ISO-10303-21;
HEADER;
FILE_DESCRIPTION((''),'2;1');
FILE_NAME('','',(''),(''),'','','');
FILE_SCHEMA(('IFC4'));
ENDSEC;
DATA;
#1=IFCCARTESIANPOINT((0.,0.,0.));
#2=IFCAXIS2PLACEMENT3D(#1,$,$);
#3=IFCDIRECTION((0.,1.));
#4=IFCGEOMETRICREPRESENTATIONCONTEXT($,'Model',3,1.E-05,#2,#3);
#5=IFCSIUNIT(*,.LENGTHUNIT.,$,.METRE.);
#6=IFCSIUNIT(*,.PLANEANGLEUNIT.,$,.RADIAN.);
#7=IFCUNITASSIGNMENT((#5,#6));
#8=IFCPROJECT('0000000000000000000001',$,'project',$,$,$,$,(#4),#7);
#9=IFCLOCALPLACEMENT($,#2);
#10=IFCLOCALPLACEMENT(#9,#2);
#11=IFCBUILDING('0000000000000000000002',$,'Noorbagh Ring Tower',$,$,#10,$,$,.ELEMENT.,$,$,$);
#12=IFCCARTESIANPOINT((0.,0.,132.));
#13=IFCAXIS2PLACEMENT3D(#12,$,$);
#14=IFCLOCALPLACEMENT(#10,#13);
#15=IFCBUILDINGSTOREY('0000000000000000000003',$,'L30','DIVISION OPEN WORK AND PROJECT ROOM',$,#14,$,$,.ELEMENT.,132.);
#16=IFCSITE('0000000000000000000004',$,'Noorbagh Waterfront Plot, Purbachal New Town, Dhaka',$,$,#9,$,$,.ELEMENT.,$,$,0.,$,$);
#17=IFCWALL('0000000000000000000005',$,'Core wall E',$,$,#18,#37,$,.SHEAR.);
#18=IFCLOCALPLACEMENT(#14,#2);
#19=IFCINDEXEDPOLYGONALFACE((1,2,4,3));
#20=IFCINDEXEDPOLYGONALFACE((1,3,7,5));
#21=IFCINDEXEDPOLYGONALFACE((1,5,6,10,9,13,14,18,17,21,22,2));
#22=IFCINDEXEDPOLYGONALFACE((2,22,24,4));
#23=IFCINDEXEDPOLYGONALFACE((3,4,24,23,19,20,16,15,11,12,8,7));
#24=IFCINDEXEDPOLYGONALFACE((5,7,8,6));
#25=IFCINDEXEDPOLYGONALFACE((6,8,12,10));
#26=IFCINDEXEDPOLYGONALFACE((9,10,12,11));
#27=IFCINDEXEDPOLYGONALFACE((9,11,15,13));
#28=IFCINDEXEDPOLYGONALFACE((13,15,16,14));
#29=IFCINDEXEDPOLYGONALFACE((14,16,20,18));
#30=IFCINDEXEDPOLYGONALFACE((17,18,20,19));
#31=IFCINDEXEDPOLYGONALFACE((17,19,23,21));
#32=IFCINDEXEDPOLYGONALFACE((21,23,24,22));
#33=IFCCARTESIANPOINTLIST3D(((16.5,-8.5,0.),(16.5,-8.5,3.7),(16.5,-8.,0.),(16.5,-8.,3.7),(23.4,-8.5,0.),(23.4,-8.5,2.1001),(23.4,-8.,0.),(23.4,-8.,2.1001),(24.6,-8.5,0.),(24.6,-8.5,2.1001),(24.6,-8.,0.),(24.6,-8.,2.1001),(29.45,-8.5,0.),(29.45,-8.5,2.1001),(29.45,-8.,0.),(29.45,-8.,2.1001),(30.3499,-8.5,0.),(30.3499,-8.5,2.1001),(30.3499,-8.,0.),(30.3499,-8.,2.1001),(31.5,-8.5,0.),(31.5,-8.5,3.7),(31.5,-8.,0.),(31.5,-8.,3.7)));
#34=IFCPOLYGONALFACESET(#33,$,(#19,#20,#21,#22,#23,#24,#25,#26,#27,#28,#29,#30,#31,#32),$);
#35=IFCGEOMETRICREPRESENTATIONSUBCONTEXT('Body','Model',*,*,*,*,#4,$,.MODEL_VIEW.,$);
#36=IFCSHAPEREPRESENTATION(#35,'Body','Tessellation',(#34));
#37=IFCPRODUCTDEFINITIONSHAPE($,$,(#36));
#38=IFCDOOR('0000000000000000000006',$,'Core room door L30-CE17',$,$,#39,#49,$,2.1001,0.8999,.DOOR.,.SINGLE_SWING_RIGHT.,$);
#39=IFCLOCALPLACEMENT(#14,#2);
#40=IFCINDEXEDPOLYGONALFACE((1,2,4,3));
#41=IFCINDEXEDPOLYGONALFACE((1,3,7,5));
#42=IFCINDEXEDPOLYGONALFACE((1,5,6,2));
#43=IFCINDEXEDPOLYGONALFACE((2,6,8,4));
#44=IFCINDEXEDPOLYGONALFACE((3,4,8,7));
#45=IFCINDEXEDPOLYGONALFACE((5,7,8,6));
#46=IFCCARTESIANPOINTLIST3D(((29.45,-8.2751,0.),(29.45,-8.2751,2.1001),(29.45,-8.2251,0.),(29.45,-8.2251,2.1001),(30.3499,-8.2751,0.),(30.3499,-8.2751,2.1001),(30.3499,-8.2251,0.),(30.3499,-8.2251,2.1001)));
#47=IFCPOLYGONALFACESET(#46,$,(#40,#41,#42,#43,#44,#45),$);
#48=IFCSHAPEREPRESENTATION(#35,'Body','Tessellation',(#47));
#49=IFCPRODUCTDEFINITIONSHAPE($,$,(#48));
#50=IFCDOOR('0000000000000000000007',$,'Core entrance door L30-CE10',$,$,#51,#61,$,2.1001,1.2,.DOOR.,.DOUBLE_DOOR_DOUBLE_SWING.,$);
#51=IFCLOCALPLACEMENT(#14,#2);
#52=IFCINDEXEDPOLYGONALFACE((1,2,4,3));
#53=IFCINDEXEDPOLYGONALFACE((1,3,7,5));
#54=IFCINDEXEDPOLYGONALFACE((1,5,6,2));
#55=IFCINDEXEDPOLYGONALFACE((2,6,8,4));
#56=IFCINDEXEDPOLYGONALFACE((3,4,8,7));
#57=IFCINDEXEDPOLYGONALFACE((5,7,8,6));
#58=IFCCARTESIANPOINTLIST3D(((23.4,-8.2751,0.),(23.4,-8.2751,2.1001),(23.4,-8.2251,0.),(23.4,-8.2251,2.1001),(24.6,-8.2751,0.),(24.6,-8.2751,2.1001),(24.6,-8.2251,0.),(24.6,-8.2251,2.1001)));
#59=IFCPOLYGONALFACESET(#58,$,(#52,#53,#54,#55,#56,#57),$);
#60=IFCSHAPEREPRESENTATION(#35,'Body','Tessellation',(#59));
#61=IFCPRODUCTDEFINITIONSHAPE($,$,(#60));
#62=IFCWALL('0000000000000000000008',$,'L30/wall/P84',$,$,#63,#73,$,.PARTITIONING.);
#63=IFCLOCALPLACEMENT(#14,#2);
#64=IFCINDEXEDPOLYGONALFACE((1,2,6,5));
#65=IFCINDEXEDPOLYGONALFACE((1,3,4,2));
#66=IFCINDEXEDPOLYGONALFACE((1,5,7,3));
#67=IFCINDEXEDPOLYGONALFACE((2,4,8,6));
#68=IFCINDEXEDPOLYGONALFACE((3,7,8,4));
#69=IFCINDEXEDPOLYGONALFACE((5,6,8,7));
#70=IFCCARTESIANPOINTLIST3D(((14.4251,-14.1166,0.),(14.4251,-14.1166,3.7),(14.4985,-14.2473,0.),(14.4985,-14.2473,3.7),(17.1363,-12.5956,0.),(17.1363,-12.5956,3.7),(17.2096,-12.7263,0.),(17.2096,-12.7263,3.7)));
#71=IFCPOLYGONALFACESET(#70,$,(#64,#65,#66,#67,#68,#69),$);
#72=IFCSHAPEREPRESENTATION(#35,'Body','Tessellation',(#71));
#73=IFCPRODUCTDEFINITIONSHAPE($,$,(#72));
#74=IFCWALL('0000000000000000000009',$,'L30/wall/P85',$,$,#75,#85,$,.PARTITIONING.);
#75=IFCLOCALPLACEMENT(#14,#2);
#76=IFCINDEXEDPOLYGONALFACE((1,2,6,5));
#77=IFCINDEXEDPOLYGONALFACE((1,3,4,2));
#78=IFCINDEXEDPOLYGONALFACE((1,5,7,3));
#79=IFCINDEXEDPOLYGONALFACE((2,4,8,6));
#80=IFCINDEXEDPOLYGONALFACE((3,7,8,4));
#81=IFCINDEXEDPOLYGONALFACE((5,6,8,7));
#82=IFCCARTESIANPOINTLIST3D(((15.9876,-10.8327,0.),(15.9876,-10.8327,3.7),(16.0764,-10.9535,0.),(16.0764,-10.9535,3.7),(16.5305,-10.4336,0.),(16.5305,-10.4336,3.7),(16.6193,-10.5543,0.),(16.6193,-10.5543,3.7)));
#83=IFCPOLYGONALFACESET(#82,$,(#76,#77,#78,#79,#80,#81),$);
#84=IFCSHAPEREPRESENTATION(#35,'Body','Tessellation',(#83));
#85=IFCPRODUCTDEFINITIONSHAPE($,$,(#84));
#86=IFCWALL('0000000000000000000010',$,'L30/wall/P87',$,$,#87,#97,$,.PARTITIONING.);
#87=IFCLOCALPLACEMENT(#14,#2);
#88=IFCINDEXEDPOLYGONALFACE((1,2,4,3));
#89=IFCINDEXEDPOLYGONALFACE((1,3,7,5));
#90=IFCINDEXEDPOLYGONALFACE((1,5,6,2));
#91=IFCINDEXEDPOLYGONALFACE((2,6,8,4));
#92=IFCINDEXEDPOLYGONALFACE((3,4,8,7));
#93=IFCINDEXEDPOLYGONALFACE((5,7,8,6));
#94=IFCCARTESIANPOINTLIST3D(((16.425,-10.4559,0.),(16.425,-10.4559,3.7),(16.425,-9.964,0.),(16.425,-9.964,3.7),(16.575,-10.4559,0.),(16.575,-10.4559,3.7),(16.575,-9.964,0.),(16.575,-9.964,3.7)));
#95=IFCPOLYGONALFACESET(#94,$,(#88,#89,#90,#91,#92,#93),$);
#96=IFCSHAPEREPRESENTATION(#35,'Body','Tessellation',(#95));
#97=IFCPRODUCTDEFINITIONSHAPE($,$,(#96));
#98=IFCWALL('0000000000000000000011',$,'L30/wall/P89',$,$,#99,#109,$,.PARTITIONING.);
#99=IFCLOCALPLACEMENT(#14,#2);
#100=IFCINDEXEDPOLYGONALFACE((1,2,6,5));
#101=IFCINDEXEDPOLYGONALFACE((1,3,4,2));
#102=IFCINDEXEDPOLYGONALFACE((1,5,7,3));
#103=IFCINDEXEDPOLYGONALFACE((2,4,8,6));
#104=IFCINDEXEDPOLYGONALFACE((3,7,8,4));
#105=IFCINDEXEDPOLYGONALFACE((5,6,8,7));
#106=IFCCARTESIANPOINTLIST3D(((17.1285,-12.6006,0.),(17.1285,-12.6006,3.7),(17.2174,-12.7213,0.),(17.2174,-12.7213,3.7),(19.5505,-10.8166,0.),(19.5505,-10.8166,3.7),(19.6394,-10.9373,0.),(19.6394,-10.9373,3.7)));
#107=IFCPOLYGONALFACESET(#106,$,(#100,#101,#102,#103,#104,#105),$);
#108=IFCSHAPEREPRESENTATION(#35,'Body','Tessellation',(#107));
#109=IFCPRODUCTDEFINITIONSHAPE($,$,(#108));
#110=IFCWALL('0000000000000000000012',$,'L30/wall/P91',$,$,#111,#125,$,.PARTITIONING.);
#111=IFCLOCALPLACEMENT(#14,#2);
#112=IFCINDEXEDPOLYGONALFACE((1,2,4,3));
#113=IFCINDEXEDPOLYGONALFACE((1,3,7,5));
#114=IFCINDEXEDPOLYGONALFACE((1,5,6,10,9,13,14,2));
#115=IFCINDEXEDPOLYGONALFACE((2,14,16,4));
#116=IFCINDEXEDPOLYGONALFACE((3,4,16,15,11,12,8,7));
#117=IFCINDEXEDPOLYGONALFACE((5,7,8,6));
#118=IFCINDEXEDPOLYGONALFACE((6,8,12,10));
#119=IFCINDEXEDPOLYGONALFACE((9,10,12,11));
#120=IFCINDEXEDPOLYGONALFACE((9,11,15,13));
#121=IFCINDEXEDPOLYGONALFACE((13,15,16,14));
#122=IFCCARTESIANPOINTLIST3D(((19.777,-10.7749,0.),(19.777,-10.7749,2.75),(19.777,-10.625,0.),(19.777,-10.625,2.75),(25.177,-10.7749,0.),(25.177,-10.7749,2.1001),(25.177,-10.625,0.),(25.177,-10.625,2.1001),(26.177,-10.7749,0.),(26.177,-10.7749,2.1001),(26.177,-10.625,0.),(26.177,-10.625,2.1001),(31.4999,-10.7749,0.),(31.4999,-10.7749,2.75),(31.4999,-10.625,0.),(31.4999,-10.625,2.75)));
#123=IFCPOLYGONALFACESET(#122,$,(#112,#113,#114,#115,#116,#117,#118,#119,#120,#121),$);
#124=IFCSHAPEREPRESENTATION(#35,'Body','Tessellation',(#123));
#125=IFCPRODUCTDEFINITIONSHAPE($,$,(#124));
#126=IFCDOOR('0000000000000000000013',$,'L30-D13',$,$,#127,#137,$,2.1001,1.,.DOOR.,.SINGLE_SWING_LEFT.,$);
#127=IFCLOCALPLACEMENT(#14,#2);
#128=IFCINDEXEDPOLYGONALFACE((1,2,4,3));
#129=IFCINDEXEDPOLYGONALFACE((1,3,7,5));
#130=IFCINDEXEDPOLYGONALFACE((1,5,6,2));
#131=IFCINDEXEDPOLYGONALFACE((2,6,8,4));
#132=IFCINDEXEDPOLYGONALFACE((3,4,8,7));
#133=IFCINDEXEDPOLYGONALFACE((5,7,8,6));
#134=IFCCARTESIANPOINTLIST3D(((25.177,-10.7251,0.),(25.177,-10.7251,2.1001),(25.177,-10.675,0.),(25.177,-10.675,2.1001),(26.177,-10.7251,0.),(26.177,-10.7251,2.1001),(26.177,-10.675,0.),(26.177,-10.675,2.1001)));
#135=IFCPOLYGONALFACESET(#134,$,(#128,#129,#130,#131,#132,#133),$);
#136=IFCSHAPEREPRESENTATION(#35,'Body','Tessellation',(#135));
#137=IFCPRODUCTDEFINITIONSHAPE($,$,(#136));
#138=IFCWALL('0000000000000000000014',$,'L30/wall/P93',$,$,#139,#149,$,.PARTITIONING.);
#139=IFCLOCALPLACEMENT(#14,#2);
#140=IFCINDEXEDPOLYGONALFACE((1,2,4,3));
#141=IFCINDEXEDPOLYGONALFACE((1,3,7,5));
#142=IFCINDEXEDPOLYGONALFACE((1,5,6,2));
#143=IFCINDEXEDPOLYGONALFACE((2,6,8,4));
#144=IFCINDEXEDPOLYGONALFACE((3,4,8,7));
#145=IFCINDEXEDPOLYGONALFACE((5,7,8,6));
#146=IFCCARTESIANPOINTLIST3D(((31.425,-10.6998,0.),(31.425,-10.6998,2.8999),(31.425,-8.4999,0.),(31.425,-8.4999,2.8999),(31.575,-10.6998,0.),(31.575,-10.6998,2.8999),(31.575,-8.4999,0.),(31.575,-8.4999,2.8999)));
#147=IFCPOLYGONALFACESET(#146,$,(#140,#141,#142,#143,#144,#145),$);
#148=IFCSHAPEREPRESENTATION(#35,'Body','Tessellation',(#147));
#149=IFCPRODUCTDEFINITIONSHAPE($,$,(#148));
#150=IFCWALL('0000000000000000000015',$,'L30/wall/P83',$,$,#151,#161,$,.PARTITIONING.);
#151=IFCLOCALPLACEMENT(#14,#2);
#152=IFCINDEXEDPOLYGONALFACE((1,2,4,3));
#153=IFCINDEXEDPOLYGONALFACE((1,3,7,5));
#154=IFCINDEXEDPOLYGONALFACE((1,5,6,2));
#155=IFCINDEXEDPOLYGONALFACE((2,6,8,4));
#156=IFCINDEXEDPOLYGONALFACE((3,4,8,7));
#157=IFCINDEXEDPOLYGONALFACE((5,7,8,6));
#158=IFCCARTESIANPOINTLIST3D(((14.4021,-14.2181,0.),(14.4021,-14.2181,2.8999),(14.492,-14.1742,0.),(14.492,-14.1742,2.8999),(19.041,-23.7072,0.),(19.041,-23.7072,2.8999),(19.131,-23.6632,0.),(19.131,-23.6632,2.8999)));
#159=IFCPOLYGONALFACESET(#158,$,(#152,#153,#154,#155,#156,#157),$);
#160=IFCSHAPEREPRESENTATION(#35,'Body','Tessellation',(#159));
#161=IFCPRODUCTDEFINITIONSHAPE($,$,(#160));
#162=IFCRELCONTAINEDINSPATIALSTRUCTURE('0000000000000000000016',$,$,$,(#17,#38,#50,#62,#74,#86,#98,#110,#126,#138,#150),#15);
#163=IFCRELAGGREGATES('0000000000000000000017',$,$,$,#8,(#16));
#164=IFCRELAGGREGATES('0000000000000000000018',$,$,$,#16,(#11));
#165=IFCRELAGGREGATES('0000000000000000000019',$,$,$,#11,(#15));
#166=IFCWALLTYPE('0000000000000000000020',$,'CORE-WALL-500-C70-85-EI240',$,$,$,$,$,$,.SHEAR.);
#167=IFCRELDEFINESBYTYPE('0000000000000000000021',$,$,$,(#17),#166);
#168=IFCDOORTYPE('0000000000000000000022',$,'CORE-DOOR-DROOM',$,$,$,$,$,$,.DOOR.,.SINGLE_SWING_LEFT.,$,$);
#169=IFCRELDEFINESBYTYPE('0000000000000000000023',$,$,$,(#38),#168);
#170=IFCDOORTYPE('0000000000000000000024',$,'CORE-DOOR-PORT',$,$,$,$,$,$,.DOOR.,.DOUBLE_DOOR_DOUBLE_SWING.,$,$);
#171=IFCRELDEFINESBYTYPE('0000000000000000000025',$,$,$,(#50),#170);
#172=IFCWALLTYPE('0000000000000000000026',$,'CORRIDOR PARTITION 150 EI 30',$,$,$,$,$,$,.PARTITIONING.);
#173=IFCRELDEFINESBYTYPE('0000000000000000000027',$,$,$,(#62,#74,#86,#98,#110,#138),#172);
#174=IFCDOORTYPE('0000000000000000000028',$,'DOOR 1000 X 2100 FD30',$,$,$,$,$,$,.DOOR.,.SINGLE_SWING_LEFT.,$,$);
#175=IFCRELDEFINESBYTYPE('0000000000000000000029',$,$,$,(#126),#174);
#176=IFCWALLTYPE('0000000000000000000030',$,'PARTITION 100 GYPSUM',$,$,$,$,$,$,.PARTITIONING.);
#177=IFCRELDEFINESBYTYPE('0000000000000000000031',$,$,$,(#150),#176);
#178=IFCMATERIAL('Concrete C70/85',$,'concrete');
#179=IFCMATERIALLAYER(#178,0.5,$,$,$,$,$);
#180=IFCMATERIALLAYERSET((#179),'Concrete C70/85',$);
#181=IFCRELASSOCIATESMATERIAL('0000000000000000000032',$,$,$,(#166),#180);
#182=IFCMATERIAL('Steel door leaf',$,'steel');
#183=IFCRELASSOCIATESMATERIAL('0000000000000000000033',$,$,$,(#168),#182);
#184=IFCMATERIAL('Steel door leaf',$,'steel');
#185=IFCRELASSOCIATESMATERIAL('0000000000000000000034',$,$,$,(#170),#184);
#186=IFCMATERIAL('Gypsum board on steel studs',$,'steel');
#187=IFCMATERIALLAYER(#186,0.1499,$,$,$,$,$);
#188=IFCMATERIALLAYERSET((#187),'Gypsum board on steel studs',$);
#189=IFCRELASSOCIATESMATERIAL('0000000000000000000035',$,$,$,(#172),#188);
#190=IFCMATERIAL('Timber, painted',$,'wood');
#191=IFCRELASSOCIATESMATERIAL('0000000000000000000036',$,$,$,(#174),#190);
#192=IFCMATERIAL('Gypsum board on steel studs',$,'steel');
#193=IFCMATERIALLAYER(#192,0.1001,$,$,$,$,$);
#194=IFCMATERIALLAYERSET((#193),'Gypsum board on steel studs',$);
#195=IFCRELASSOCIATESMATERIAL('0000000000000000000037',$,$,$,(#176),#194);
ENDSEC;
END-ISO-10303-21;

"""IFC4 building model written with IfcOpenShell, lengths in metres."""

from ifc_helpers import new_model, si_unit, direction, frame, frame_2d, origin, place, context, subcontext, project, spatial, rectangle, extrude, material, layer, layer_set, type_object, element, fill, save


model = new_model("IFC4")

# Units and contexts
model_context = context("Model", 3, precision=1e-05, world=origin(), true_north=direction((0.0, 1.0)))
body_context = subcontext(model_context, "Body", "Model", "MODEL_VIEW")
ifc_project = project(units=[si_unit("LENGTHUNIT", "METRE"), si_unit("PLANEANGLEUNIT", "RADIAN")], contexts=[model_context])

# Site, building, storey
site_placement = place(None, origin())
site = spatial("IfcSite", under=ifc_project, at=site_placement, Name="Noorbagh Waterfront Plot, Purbachal New Town, Dhaka", CompositionType="ELEMENT", RefElevation=0.0)
building_placement = place(site_placement, origin())
building = spatial("IfcBuilding", under=site, at=building_placement, Name="Noorbagh Ring Tower", CompositionType="ELEMENT")
storey_placement = place(building_placement, frame((0.0, 0.0, 132.0)))
storey = spatial("IfcBuildingStorey", under=building, at=storey_placement, Name="L30", Description="DIVISION OPEN WORK AND PROJECT ROOM", CompositionType="ELEMENT", Elevation=132.0)

# Wall, openings, doors
ifc_material_1 = material(Name="Concrete C70/85", Category="concrete")
ifc_layer_1 = layer(ifc_material_1, 0.5)
ifc_layer_set_1 = layer_set([ifc_layer_1], Name="Concrete C70/85")
wall_type_1 = type_object("IfcWallType", Name="CORE-WALL-500-C70-85-EI240", PredefinedType="SHEAR", material=ifc_layer_set_1)
wall_1_placement = place(storey_placement, frame((16.5, -8.25, 0.0), z_axis=(0.0, 0.0, 1.0), x_axis=(1.0, 0.0, 0.0)))
wall_1 = element("IfcWall", 1, at=wall_1_placement, inside=storey, type_object=wall_type_1, Name="Core wall E", PredefinedType="SHEAR", context=body_context, shape_type="SweptSolid", body=[
    extrude(rectangle(XDim=15.0, YDim=0.5, at=frame_2d((7.5, 0.0))), origin(), (0.0, 0.0, 1.0), 3.7),
])
opening_1_placement = place(wall_1_placement, frame((6.8999, 0.0, 0.0)))
opening_1 = element("IfcOpeningElement", 2, at=opening_1_placement, cuts=wall_1, PredefinedType="OPENING", context=body_context, shape_type="SweptSolid", body=[
    extrude(rectangle(XDim=1.2, YDim=2.1001, at=frame_2d((0.6001, 1.05))), frame((0.0, 0.26, 0.0), z_axis=(0.0, -1.0, 0.0), x_axis=(1.0, 0.0, 0.0)), (0.0, 0.0, 1.0), 0.52),
])
opening_2_placement = place(wall_1_placement, frame((12.95, 0.0, 0.0)))
opening_2 = element("IfcOpeningElement", 3, at=opening_2_placement, cuts=wall_1, PredefinedType="OPENING", context=body_context, shape_type="SweptSolid", body=[
    extrude(rectangle(XDim=0.8999, YDim=2.1001, at=frame_2d((0.45, 1.05))), frame((0.0, 0.26, 0.0), z_axis=(0.0, -1.0, 0.0), x_axis=(1.0, 0.0, 0.0)), (0.0, 0.0, 1.0), 0.52),
])
ifc_material_2 = material(Name="Steel door leaf", Category="steel")
door_type_1 = type_object("IfcDoorType", Name="CORE-DOOR-DROOM", OperationType="SINGLE_SWING_LEFT", PredefinedType="DOOR", material=ifc_material_2)
door_1_placement = place(opening_2_placement, origin())
door_1 = element("IfcDoor", 4, at=door_1_placement, inside=storey, type_object=door_type_1, Name="Core room door L30-CE17", OperationType="SINGLE_SWING_RIGHT", OverallHeight=2.1001, OverallWidth=0.8999, PredefinedType="DOOR", context=body_context, shape_type="SweptSolid", body=[
    extrude(rectangle(XDim=0.8999, YDim=2.1001, at=frame_2d((0.45, 1.05))), frame((0.0, 0.0249, 0.0), z_axis=(0.0, -1.0, 0.0), x_axis=(1.0, 0.0, 0.0)), (0.0, 0.0, 1.0), 0.05),
])
fill(opening_2, door_1)
ifc_material_3 = material(Name="Steel door leaf", Category="steel")
door_type_2 = type_object("IfcDoorType", Name="CORE-DOOR-PORT", OperationType="DOUBLE_DOOR_DOUBLE_SWING", PredefinedType="DOOR", material=ifc_material_3)
door_2_placement = place(opening_1_placement, origin())
door_2 = element("IfcDoor", 5, at=door_2_placement, inside=storey, type_object=door_type_2, Name="Core entrance door L30-CE10", OperationType="DOUBLE_DOOR_DOUBLE_SWING", OverallHeight=2.1001, OverallWidth=1.2, PredefinedType="DOOR", context=body_context, shape_type="SweptSolid", body=[
    extrude(rectangle(XDim=1.2, YDim=2.1001, at=frame_2d((0.6001, 1.05))), frame((0.0, 0.0249, 0.0), z_axis=(0.0, -1.0, 0.0), x_axis=(1.0, 0.0, 0.0)), (0.0, 0.0, 1.0), 0.05),
])
fill(opening_1, door_2)

# Walls
ifc_material_4 = material(Name="Gypsum board on steel studs", Category="steel")
ifc_layer_2 = layer(ifc_material_4, 0.1499)
ifc_layer_set_2 = layer_set([ifc_layer_2], Name="Gypsum board on steel studs")
wall_type_2 = type_object("IfcWallType", Name="CORRIDOR PARTITION 150 EI 30", PredefinedType="PARTITIONING", material=ifc_layer_set_2)
wall_2_placement = place(storey_placement, frame((14.4619, -14.1819, 0.0), z_axis=(0.0, 0.0, 1.0), x_axis=(0.872131, 0.489273, 0.0)))
element("IfcWall", 6, at=wall_2_placement, inside=storey, type_object=wall_type_2, Name="L30/wall/P84", PredefinedType="PARTITIONING", context=body_context, shape_type="SweptSolid", body=[
    extrude(rectangle(XDim=3.1086, YDim=0.1499, at=frame_2d((1.5542, 0.0))), origin(), (0.0, 0.0, 1.0), 3.7),
])
wall_3_placement = place(storey_placement, frame((16.032, -10.8931, 0.0), z_axis=(0.0, 0.0, 1.0), x_axis=(0.805702, 0.592321, 0.0)))
element("IfcWall", 7, at=wall_3_placement, inside=storey, type_object=wall_type_2, Name="L30/wall/P85", PredefinedType="PARTITIONING", context=body_context, shape_type="SweptSolid", body=[
    extrude(rectangle(XDim=0.6738, YDim=0.1499, at=frame_2d((0.3369, 0.0))), origin(), (0.0, 0.0, 1.0), 3.7),
])
wall_4_placement = place(storey_placement, frame((16.5, -10.4561, 0.0), z_axis=(0.0, 0.0, 1.0), x_axis=(0.0, 1.0, 0.0)))
element("IfcWall", 8, at=wall_4_placement, inside=storey, type_object=wall_type_2, Name="L30/wall/P87", PredefinedType="PARTITIONING", context=body_context, shape_type="SweptSolid", body=[
    extrude(rectangle(XDim=0.4919, YDim=0.1499, at=frame_2d((0.2461, 0.0))), origin(), (0.0, 0.0, 1.0), 3.7),
])
wall_5_placement = place(storey_placement, frame((17.1731, -12.6609, 0.0), z_axis=(0.0, 0.0, 1.0), x_axis=(0.805152, 0.593069, 0.0)))
element("IfcWall", 9, at=wall_5_placement, inside=storey, type_object=wall_type_2, Name="L30/wall/P89", PredefinedType="PARTITIONING", context=body_context, shape_type="SweptSolid", body=[
    extrude(rectangle(XDim=3.0081, YDim=0.1499, at=frame_2d((1.5039, 0.0))), origin(), (0.0, 0.0, 1.0), 3.7),
])

# Wall, opening, door
wall_6_placement = place(storey_placement, frame((19.7771, -10.7, 0.0), z_axis=(0.0, 0.0, 1.0), x_axis=(1.0, 0.0, 0.0)))
wall_6 = element("IfcWall", 10, at=wall_6_placement, inside=storey, type_object=wall_type_2, Name="L30/wall/P91", PredefinedType="PARTITIONING", context=body_context, shape_type="SweptSolid", body=[
    extrude(rectangle(XDim=11.7229, YDim=0.1499, at=frame_2d((5.8613, 0.0))), origin(), (0.0, 0.0, 1.0), 2.75),
])
opening_3_placement = place(wall_6_placement, frame((5.3999, 0.0, 0.0)))
opening_3 = element("IfcOpeningElement", 11, at=opening_3_placement, cuts=wall_6, PredefinedType="OPENING", context=body_context, shape_type="SweptSolid", body=[
    extrude(rectangle(XDim=1.0, YDim=2.1001, at=frame_2d((0.5, 1.05))), frame((0.0, 0.085, 0.0), z_axis=(0.0, -1.0, 0.0), x_axis=(1.0, 0.0, 0.0)), (0.0, 0.0, 1.0), 0.1699),
])
ifc_material_5 = material(Name="Timber, painted", Category="wood")
door_type_3 = type_object("IfcDoorType", Name="DOOR 1000 X 2100 FD30", OperationType="SINGLE_SWING_LEFT", PredefinedType="DOOR", material=ifc_material_5)
door_3_placement = place(opening_3_placement, origin())
door_3 = element("IfcDoor", 12, at=door_3_placement, inside=storey, type_object=door_type_3, Name="L30-D13", OperationType="SINGLE_SWING_LEFT", OverallHeight=2.1001, OverallWidth=1.0, PredefinedType="DOOR", context=body_context, shape_type="SweptSolid", body=[
    extrude(rectangle(XDim=1.0, YDim=2.1001, at=frame_2d((0.5, 1.05))), frame((0.0, 0.0249, 0.0), z_axis=(0.0, -1.0, 0.0), x_axis=(1.0, 0.0, 0.0)), (0.0, 0.0, 1.0), 0.05),
])
fill(opening_3, door_3)

# Walls
wall_7_placement = place(storey_placement, frame((31.5, -10.7, 0.0), z_axis=(0.0, 0.0, 1.0), x_axis=(0.0, 1.0, 0.0)))
element("IfcWall", 13, at=wall_7_placement, inside=storey, type_object=wall_type_2, Name="L30/wall/P93", PredefinedType="PARTITIONING", context=body_context, shape_type="SweptSolid", body=[
    extrude(rectangle(XDim=2.2, YDim=0.1499, at=frame_2d((1.1001, 0.0))), origin(), (0.0, 0.0, 1.0), 2.8999),
])
ifc_material_6 = material(Name="Gypsum board on steel studs", Category="steel")
ifc_layer_3 = layer(ifc_material_6, 0.1001)
ifc_layer_set_3 = layer_set([ifc_layer_3], Name="Gypsum board on steel studs")
wall_type_3 = type_object("IfcWallType", Name="PARTITION 100 GYPSUM", PredefinedType="PARTITIONING", material=ifc_layer_set_3)
wall_8_placement = place(storey_placement, frame((14.447, -14.196, 0.0), z_axis=(0.0, 0.0, 1.0), x_axis=(0.439198, -0.89839, 0.0)))
element("IfcWall", 14, at=wall_8_placement, inside=storey, type_object=wall_type_3, Name="L30/wall/P83", PredefinedType="PARTITIONING", context=body_context, shape_type="SweptSolid", body=[
    extrude(rectangle(XDim=10.5623, YDim=0.1001, at=frame_2d((5.2812, 0.0))), origin(), (0.0, 0.0, 1.0), 2.8999),
])

save(model, "model.ifc")
